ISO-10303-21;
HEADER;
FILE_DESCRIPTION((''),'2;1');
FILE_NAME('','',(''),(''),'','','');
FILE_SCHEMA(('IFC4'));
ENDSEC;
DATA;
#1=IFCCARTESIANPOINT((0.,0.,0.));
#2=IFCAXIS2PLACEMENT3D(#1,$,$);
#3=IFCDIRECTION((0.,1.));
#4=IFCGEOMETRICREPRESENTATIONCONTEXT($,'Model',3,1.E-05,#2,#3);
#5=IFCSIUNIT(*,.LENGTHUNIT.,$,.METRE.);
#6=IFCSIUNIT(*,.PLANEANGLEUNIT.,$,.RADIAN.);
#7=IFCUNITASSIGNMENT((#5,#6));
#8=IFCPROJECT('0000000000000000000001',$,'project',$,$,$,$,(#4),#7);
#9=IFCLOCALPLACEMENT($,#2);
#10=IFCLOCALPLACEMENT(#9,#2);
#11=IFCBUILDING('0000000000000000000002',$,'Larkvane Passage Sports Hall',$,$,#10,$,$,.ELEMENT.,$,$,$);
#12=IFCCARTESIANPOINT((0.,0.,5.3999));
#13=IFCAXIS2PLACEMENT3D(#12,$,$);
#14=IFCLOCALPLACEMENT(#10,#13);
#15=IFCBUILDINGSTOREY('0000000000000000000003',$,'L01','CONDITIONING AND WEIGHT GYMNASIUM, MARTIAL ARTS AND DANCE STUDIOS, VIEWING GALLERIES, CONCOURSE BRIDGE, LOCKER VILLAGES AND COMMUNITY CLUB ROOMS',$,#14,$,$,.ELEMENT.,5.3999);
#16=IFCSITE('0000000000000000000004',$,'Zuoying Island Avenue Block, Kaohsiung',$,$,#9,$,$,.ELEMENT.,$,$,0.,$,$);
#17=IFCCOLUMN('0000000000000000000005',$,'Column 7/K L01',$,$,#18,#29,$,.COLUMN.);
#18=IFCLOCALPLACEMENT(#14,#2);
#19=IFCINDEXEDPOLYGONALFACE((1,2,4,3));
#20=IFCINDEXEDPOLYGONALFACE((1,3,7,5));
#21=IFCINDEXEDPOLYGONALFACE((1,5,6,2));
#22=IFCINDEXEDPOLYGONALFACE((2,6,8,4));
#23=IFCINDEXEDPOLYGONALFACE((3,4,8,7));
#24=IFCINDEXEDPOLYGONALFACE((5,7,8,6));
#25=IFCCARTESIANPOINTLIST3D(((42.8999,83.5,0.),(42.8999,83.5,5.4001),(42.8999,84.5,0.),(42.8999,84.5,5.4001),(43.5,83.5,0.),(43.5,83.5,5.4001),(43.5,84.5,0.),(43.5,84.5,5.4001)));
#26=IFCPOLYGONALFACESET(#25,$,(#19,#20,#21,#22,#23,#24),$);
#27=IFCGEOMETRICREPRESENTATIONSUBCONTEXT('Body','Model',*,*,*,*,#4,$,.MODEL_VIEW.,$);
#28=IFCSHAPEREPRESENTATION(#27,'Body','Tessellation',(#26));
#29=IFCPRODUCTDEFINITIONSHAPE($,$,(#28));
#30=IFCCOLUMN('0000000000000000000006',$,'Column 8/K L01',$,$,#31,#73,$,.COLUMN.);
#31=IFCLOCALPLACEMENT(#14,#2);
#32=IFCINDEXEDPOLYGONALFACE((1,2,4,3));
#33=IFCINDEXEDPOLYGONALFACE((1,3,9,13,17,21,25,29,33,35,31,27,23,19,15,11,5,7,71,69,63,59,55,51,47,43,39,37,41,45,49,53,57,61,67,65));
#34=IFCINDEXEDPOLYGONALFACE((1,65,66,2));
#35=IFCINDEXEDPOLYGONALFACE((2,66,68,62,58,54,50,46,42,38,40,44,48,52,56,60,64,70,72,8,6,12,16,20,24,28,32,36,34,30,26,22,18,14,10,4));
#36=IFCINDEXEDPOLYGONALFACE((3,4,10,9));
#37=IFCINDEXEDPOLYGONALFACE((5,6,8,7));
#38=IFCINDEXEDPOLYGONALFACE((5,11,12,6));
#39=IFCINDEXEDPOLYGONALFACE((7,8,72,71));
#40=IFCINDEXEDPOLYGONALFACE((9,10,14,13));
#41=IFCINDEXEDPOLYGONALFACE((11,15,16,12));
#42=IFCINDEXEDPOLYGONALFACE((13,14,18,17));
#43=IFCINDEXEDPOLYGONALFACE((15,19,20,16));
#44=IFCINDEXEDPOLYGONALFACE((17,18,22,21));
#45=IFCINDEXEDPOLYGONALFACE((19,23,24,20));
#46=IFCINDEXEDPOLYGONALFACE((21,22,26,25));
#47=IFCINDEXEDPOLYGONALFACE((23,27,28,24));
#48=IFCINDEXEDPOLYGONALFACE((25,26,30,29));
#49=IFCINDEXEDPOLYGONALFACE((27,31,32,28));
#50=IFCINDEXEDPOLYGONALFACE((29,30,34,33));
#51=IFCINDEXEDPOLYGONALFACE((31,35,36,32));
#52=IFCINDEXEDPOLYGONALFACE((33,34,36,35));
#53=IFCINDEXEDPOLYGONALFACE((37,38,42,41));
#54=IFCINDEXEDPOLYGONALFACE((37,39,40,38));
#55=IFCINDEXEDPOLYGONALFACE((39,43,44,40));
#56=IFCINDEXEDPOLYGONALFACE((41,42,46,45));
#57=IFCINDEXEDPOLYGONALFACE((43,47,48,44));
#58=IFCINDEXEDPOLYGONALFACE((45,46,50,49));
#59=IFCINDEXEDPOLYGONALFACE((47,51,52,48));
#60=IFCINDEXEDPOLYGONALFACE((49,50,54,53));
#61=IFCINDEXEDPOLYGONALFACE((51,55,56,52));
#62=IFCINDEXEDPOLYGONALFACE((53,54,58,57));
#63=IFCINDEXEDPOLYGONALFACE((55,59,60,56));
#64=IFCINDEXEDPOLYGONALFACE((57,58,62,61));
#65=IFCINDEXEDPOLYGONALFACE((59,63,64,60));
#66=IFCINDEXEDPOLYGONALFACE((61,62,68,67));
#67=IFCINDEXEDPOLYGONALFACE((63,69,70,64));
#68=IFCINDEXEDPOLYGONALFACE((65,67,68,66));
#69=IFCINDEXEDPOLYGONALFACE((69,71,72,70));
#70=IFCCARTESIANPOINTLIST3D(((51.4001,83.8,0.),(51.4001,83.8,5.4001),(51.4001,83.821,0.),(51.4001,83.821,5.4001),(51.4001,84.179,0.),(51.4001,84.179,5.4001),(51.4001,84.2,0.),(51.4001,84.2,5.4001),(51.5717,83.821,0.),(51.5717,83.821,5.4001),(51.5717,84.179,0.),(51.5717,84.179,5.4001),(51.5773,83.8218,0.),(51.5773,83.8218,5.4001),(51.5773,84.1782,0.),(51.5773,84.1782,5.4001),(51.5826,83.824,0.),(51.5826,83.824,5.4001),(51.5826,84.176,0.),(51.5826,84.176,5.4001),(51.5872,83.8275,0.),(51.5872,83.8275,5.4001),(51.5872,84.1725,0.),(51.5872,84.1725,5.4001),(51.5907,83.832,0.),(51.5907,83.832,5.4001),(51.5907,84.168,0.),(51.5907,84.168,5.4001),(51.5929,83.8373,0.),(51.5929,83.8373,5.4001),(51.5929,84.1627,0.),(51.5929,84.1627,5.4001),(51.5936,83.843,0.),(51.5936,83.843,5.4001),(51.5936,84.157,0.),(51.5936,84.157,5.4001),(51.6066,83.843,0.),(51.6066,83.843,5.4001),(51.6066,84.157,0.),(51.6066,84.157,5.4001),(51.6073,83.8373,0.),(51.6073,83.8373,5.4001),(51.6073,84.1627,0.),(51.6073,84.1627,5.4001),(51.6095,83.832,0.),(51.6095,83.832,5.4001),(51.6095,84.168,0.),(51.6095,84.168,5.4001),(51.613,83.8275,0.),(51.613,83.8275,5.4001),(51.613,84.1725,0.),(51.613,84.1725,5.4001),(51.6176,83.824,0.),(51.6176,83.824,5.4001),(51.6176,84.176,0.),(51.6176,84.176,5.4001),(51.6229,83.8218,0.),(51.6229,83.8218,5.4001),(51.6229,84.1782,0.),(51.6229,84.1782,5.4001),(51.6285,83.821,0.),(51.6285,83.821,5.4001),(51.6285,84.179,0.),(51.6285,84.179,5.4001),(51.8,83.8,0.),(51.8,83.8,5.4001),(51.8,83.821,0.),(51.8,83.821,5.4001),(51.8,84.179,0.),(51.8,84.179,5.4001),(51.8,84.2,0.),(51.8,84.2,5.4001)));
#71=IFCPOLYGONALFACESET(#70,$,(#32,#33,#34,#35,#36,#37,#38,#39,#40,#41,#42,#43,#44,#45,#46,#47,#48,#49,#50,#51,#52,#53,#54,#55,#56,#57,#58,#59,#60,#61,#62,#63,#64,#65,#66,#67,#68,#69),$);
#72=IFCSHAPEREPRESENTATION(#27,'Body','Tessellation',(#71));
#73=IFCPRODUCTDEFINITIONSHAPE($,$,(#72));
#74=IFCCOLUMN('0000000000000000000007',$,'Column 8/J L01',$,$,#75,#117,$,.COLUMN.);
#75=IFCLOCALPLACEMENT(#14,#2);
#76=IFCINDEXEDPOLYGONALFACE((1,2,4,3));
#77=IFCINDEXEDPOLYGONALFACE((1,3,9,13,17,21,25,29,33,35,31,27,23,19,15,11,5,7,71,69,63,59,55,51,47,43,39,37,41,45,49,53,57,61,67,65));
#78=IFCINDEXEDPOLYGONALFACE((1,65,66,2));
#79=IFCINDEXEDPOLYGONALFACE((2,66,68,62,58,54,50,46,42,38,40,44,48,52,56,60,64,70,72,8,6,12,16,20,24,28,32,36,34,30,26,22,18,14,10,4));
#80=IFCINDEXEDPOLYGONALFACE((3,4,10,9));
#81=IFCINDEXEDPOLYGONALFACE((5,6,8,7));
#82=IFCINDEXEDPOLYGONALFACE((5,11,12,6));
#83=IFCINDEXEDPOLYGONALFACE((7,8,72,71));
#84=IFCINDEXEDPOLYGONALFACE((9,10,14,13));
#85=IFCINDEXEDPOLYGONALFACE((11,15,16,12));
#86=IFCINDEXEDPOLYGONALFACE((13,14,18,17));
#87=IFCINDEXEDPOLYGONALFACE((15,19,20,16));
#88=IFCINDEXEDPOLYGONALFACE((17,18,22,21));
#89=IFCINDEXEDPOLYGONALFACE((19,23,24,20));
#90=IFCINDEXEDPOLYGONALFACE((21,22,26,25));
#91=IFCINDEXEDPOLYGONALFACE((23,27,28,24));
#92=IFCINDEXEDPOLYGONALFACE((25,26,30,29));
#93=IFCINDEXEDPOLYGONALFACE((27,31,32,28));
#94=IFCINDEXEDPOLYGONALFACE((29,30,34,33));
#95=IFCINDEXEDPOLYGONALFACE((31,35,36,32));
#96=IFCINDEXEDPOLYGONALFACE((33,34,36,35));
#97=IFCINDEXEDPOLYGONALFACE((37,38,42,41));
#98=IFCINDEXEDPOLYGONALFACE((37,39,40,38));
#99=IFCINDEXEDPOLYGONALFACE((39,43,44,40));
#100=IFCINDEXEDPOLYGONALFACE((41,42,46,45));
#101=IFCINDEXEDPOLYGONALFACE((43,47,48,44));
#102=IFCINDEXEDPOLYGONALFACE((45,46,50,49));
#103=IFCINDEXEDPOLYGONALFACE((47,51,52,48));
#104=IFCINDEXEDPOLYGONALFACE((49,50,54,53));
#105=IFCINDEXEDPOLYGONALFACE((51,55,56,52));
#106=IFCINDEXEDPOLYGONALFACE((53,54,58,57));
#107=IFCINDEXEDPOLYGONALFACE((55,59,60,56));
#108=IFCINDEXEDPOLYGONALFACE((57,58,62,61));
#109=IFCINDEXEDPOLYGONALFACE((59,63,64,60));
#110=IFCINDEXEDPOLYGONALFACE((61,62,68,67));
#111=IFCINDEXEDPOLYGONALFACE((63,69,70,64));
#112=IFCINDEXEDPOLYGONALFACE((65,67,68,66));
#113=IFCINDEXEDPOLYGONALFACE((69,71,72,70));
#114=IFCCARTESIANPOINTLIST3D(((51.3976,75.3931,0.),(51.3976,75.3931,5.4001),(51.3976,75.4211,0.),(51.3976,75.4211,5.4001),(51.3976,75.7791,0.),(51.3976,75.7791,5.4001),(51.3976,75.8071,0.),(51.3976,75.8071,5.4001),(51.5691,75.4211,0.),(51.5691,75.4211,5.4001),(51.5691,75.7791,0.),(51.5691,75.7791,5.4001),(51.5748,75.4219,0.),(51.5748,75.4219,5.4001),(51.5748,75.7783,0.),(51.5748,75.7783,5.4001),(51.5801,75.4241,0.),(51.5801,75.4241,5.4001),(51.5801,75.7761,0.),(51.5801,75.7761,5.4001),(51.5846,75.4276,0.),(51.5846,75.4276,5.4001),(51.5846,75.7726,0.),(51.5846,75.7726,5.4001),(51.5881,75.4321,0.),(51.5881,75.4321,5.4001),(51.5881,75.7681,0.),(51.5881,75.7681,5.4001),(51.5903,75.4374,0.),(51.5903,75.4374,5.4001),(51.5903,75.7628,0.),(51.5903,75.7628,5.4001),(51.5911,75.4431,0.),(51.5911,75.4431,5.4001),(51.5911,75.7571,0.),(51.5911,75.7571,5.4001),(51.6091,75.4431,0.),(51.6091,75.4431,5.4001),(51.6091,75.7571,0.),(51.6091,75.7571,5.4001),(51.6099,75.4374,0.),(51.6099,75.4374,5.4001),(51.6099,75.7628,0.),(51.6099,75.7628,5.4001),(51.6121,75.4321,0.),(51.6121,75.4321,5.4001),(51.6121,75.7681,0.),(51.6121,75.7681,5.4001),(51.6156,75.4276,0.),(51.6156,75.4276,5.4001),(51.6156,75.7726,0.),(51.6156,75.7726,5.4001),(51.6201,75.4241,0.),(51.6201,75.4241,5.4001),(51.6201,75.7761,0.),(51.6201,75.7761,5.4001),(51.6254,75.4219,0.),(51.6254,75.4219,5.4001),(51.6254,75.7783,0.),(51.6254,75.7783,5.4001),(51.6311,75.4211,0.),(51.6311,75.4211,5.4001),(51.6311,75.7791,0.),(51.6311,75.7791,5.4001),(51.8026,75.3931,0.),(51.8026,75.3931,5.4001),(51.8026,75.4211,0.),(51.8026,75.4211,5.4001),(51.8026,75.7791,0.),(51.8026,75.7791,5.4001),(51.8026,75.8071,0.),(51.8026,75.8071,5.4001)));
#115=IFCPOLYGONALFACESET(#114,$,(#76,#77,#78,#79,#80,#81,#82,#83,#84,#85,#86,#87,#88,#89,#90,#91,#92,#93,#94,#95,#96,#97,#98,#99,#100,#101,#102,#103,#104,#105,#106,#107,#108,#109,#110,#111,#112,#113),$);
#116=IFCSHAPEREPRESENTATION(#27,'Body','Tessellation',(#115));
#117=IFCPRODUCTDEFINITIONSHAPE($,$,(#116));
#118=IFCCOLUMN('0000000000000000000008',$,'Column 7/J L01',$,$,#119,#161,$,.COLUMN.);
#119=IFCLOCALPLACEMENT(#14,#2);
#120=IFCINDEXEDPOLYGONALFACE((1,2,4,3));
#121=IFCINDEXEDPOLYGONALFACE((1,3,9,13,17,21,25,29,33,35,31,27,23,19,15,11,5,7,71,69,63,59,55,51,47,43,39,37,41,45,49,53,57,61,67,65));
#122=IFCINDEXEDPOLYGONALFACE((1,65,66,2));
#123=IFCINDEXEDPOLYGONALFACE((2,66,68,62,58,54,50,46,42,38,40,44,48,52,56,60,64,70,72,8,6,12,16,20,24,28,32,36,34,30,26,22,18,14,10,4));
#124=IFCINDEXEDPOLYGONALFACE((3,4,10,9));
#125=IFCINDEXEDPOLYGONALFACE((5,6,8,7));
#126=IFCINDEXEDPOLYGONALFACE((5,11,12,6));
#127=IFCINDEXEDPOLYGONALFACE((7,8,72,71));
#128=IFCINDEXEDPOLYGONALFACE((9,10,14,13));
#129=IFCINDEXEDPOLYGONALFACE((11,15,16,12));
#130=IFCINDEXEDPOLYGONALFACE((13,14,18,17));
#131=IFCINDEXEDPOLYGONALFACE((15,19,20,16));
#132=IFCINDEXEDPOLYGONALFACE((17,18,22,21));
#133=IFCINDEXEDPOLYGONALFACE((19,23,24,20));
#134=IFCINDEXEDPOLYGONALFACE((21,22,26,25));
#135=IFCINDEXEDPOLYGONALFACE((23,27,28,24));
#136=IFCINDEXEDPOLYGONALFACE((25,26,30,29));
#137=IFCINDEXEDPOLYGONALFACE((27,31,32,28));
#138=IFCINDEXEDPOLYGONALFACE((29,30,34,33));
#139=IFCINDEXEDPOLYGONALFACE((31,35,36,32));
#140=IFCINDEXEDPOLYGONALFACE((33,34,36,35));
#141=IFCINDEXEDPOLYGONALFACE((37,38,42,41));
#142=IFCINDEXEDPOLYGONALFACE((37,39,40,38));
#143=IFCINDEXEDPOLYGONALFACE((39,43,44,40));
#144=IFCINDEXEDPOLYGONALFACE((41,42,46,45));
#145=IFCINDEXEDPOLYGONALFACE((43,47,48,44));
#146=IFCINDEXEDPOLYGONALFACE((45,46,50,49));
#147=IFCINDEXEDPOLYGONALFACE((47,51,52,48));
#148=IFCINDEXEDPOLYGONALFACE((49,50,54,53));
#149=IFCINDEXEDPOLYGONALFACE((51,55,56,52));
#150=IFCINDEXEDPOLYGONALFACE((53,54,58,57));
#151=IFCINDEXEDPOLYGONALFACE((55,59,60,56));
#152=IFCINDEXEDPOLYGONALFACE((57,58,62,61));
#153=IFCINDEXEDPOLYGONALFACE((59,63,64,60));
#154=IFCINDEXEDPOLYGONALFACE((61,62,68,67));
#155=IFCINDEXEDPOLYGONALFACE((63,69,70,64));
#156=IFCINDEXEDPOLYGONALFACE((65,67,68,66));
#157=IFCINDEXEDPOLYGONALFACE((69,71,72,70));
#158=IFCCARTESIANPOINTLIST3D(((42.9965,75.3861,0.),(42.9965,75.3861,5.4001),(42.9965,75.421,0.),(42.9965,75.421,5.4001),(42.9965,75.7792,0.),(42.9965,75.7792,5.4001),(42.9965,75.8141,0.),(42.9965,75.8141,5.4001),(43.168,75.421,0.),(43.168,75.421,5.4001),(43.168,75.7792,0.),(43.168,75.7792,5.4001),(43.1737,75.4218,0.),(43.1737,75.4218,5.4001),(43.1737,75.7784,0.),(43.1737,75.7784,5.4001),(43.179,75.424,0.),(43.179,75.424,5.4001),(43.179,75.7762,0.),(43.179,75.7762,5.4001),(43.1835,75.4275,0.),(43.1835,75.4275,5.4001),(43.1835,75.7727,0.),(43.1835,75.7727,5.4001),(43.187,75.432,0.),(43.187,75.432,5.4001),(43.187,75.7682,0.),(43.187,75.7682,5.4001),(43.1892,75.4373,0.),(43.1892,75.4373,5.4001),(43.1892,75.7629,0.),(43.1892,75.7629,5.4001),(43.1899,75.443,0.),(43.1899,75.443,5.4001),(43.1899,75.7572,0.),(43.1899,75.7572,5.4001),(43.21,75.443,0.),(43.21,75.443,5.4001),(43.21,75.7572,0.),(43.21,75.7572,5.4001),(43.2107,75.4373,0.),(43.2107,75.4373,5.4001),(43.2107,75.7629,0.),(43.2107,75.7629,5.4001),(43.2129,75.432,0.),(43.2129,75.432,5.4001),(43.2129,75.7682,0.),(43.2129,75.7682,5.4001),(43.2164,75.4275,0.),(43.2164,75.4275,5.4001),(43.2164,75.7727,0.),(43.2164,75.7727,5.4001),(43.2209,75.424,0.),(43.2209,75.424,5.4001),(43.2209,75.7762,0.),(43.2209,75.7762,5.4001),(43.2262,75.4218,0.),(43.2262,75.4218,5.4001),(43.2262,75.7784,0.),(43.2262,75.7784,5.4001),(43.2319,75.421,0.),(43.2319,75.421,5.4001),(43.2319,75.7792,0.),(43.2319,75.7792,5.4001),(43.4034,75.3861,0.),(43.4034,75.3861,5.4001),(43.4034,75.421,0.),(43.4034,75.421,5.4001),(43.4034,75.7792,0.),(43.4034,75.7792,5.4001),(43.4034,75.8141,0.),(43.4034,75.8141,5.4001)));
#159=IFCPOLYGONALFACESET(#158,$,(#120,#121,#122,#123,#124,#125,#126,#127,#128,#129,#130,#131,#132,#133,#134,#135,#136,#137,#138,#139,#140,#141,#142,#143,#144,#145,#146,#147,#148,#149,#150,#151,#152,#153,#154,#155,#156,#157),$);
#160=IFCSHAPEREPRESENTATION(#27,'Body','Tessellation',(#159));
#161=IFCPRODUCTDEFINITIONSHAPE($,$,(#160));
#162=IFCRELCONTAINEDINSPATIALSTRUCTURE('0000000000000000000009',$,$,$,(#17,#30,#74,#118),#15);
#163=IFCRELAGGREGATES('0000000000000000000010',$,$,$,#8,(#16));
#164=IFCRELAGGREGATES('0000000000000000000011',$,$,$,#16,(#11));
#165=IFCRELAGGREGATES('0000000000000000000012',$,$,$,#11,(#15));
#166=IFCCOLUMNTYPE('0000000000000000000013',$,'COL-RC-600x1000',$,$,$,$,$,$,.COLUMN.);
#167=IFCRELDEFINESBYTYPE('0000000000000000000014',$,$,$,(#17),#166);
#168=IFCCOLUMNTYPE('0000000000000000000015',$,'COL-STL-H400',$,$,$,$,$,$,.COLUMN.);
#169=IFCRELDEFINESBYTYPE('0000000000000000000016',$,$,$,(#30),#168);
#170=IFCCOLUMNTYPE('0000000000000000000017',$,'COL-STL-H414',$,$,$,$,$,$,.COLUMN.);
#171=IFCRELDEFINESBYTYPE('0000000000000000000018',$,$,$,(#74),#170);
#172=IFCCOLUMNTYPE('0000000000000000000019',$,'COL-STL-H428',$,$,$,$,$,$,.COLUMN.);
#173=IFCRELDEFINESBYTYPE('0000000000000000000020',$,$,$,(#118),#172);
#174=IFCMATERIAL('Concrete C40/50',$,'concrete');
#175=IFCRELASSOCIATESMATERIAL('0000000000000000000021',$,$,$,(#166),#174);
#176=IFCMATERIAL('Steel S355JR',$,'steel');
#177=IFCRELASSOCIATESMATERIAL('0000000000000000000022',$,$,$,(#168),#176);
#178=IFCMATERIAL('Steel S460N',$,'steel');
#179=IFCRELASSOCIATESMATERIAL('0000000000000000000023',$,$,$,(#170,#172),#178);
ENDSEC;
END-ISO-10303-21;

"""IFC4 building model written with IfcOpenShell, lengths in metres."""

from ifc_helpers import new_model, si_unit, direction, frame, origin, origin_2d, place, context, subcontext, project, spatial, rectangle, i_section, extrude, material, material_profile, profile_set, type_object, element, save


model = new_model("IFC4")

# Units and contexts
model_context = context("Model", 3, precision=1e-05, world=origin(), true_north=direction((0.0, 1.0)))
body_context = subcontext(model_context, "Body", "Model", "MODEL_VIEW")
ifc_project = project(units=[si_unit("LENGTHUNIT", "METRE"), si_unit("PLANEANGLEUNIT", "RADIAN")], contexts=[model_context])

# Site, building, storey
site_placement = place(None, origin())
site = spatial("IfcSite", under=ifc_project, at=site_placement, Name="Zuoying Island Avenue Block, Kaohsiung", CompositionType="ELEMENT", RefElevation=0.0)
building_placement = place(site_placement, origin())
building = spatial("IfcBuilding", under=site, at=building_placement, Name="Larkvane Passage Sports Hall", CompositionType="ELEMENT")
storey_placement = place(building_placement, frame((0.0, 0.0, 5.3999)))
storey = spatial("IfcBuildingStorey", under=building, at=storey_placement, Name="L01", Description="CONDITIONING AND WEIGHT GYMNASIUM, MARTIAL ARTS AND DANCE STUDIOS, VIEWING GALLERIES, CONCOURSE BRIDGE, LOCKER VILLAGES AND COMMUNITY CLUB ROOMS", CompositionType="ELEMENT", Elevation=5.3999)

# Columns
ifc_material_1 = material(Name="Concrete C40/50", Category="concrete")
ifc_material_profile_1 = material_profile(ifc_material_1, rectangle(XDim=0.6001, YDim=1.0, at=origin_2d()), Name="RC-COL-600x1000")
ifc_profile_set_1 = profile_set([ifc_material_profile_1], Name="Concrete C40/50")
column_type_1 = type_object("IfcColumnType", Name="COL-RC-600x1000", PredefinedType="COLUMN", material=ifc_profile_set_1)
column_1_placement = place(storey_placement, frame((43.2, 84.0, 0.0), z_axis=(0.0, 0.0, 1.0), x_axis=(1.0, 0.0, 0.0)))
element("IfcColumn", 1, at=column_1_placement, inside=storey, type_object=column_type_1, Name="Column 7/K L01", PredefinedType="COLUMN", context=body_context, shape_type="SweptSolid", body=[
    extrude(rectangle(XDim=0.6001, YDim=1.0, at=origin_2d()), origin(), (0.0, 0.0, 1.0), 5.4001),
])
ifc_material_2 = material(Name="Steel S355JR", Category="steel")
ifc_material_profile_2 = material_profile(ifc_material_2, i_section(OverallWidth=0.3999, OverallDepth=0.3999, WebThickness=0.0129, FlangeThickness=0.021, FilletRadius=0.022, at=origin_2d()), Name="H-400x400x13x21")
ifc_profile_set_2 = profile_set([ifc_material_profile_2], Name="Steel S355JR")
column_type_2 = type_object("IfcColumnType", Name="COL-STL-H400", PredefinedType="COLUMN", material=ifc_profile_set_2)
column_2_placement = place(storey_placement, frame((51.6001, 84.0, 0.0), z_axis=(0.0, 0.0, 1.0), x_axis=(1.0, 0.0, 0.0)))
element("IfcColumn", 2, at=column_2_placement, inside=storey, type_object=column_type_2, Name="Column 8/K L01", PredefinedType="COLUMN", context=body_context, shape_type="SweptSolid", body=[
    extrude(i_section(OverallWidth=0.3999, OverallDepth=0.3999, WebThickness=0.0129, FlangeThickness=0.021, FilletRadius=0.022, at=origin_2d()), origin(), (0.0, 0.0, 1.0), 5.4001),
])
ifc_material_3 = material(Name="Steel S460N", Category="steel")
ifc_material_profile_3 = material_profile(ifc_material_3, i_section(OverallWidth=0.405, OverallDepth=0.4141, WebThickness=0.0181, FlangeThickness=0.0281, FilletRadius=0.022, at=origin_2d()), Name="H-414x405x18x28")
ifc_profile_set_3 = profile_set([ifc_material_profile_3], Name="Steel S460N")
column_type_3 = type_object("IfcColumnType", Name="COL-STL-H414", PredefinedType="COLUMN", material=ifc_profile_set_3)
column_3_placement = place(storey_placement, frame((51.6001, 75.6001, 0.0), z_axis=(0.0, 0.0, 1.0), x_axis=(1.0, 0.0, 0.0)))
element("IfcColumn", 3, at=column_3_placement, inside=storey, type_object=column_type_3, Name="Column 8/J L01", PredefinedType="COLUMN", context=body_context, shape_type="SweptSolid", body=[
    extrude(i_section(OverallWidth=0.405, OverallDepth=0.4141, WebThickness=0.0181, FlangeThickness=0.0281, FilletRadius=0.022, at=origin_2d()), origin(), (0.0, 0.0, 1.0), 5.4001),
])
ifc_material_profile_4 = material_profile(ifc_material_3, i_section(OverallWidth=0.407, OverallDepth=0.428, WebThickness=0.02, FlangeThickness=0.0349, FilletRadius=0.022, at=origin_2d()), Name="H-428x407x20x35")
ifc_profile_set_4 = profile_set([ifc_material_profile_4], Name="Steel S460N")
column_type_4 = type_object("IfcColumnType", Name="COL-STL-H428", PredefinedType="COLUMN", material=ifc_profile_set_4)
column_4_placement = place(storey_placement, frame((43.2, 75.6001, 0.0), z_axis=(0.0, 0.0, 1.0), x_axis=(1.0, 0.0, 0.0)))
element("IfcColumn", 4, at=column_4_placement, inside=storey, type_object=column_type_4, Name="Column 7/J L01", PredefinedType="COLUMN", context=body_context, shape_type="SweptSolid", body=[
    extrude(i_section(OverallWidth=0.407, OverallDepth=0.428, WebThickness=0.02, FlangeThickness=0.0349, FilletRadius=0.022, at=origin_2d()), origin(), (0.0, 0.0, 1.0), 5.4001),
])

save(model, "model.ifc")
